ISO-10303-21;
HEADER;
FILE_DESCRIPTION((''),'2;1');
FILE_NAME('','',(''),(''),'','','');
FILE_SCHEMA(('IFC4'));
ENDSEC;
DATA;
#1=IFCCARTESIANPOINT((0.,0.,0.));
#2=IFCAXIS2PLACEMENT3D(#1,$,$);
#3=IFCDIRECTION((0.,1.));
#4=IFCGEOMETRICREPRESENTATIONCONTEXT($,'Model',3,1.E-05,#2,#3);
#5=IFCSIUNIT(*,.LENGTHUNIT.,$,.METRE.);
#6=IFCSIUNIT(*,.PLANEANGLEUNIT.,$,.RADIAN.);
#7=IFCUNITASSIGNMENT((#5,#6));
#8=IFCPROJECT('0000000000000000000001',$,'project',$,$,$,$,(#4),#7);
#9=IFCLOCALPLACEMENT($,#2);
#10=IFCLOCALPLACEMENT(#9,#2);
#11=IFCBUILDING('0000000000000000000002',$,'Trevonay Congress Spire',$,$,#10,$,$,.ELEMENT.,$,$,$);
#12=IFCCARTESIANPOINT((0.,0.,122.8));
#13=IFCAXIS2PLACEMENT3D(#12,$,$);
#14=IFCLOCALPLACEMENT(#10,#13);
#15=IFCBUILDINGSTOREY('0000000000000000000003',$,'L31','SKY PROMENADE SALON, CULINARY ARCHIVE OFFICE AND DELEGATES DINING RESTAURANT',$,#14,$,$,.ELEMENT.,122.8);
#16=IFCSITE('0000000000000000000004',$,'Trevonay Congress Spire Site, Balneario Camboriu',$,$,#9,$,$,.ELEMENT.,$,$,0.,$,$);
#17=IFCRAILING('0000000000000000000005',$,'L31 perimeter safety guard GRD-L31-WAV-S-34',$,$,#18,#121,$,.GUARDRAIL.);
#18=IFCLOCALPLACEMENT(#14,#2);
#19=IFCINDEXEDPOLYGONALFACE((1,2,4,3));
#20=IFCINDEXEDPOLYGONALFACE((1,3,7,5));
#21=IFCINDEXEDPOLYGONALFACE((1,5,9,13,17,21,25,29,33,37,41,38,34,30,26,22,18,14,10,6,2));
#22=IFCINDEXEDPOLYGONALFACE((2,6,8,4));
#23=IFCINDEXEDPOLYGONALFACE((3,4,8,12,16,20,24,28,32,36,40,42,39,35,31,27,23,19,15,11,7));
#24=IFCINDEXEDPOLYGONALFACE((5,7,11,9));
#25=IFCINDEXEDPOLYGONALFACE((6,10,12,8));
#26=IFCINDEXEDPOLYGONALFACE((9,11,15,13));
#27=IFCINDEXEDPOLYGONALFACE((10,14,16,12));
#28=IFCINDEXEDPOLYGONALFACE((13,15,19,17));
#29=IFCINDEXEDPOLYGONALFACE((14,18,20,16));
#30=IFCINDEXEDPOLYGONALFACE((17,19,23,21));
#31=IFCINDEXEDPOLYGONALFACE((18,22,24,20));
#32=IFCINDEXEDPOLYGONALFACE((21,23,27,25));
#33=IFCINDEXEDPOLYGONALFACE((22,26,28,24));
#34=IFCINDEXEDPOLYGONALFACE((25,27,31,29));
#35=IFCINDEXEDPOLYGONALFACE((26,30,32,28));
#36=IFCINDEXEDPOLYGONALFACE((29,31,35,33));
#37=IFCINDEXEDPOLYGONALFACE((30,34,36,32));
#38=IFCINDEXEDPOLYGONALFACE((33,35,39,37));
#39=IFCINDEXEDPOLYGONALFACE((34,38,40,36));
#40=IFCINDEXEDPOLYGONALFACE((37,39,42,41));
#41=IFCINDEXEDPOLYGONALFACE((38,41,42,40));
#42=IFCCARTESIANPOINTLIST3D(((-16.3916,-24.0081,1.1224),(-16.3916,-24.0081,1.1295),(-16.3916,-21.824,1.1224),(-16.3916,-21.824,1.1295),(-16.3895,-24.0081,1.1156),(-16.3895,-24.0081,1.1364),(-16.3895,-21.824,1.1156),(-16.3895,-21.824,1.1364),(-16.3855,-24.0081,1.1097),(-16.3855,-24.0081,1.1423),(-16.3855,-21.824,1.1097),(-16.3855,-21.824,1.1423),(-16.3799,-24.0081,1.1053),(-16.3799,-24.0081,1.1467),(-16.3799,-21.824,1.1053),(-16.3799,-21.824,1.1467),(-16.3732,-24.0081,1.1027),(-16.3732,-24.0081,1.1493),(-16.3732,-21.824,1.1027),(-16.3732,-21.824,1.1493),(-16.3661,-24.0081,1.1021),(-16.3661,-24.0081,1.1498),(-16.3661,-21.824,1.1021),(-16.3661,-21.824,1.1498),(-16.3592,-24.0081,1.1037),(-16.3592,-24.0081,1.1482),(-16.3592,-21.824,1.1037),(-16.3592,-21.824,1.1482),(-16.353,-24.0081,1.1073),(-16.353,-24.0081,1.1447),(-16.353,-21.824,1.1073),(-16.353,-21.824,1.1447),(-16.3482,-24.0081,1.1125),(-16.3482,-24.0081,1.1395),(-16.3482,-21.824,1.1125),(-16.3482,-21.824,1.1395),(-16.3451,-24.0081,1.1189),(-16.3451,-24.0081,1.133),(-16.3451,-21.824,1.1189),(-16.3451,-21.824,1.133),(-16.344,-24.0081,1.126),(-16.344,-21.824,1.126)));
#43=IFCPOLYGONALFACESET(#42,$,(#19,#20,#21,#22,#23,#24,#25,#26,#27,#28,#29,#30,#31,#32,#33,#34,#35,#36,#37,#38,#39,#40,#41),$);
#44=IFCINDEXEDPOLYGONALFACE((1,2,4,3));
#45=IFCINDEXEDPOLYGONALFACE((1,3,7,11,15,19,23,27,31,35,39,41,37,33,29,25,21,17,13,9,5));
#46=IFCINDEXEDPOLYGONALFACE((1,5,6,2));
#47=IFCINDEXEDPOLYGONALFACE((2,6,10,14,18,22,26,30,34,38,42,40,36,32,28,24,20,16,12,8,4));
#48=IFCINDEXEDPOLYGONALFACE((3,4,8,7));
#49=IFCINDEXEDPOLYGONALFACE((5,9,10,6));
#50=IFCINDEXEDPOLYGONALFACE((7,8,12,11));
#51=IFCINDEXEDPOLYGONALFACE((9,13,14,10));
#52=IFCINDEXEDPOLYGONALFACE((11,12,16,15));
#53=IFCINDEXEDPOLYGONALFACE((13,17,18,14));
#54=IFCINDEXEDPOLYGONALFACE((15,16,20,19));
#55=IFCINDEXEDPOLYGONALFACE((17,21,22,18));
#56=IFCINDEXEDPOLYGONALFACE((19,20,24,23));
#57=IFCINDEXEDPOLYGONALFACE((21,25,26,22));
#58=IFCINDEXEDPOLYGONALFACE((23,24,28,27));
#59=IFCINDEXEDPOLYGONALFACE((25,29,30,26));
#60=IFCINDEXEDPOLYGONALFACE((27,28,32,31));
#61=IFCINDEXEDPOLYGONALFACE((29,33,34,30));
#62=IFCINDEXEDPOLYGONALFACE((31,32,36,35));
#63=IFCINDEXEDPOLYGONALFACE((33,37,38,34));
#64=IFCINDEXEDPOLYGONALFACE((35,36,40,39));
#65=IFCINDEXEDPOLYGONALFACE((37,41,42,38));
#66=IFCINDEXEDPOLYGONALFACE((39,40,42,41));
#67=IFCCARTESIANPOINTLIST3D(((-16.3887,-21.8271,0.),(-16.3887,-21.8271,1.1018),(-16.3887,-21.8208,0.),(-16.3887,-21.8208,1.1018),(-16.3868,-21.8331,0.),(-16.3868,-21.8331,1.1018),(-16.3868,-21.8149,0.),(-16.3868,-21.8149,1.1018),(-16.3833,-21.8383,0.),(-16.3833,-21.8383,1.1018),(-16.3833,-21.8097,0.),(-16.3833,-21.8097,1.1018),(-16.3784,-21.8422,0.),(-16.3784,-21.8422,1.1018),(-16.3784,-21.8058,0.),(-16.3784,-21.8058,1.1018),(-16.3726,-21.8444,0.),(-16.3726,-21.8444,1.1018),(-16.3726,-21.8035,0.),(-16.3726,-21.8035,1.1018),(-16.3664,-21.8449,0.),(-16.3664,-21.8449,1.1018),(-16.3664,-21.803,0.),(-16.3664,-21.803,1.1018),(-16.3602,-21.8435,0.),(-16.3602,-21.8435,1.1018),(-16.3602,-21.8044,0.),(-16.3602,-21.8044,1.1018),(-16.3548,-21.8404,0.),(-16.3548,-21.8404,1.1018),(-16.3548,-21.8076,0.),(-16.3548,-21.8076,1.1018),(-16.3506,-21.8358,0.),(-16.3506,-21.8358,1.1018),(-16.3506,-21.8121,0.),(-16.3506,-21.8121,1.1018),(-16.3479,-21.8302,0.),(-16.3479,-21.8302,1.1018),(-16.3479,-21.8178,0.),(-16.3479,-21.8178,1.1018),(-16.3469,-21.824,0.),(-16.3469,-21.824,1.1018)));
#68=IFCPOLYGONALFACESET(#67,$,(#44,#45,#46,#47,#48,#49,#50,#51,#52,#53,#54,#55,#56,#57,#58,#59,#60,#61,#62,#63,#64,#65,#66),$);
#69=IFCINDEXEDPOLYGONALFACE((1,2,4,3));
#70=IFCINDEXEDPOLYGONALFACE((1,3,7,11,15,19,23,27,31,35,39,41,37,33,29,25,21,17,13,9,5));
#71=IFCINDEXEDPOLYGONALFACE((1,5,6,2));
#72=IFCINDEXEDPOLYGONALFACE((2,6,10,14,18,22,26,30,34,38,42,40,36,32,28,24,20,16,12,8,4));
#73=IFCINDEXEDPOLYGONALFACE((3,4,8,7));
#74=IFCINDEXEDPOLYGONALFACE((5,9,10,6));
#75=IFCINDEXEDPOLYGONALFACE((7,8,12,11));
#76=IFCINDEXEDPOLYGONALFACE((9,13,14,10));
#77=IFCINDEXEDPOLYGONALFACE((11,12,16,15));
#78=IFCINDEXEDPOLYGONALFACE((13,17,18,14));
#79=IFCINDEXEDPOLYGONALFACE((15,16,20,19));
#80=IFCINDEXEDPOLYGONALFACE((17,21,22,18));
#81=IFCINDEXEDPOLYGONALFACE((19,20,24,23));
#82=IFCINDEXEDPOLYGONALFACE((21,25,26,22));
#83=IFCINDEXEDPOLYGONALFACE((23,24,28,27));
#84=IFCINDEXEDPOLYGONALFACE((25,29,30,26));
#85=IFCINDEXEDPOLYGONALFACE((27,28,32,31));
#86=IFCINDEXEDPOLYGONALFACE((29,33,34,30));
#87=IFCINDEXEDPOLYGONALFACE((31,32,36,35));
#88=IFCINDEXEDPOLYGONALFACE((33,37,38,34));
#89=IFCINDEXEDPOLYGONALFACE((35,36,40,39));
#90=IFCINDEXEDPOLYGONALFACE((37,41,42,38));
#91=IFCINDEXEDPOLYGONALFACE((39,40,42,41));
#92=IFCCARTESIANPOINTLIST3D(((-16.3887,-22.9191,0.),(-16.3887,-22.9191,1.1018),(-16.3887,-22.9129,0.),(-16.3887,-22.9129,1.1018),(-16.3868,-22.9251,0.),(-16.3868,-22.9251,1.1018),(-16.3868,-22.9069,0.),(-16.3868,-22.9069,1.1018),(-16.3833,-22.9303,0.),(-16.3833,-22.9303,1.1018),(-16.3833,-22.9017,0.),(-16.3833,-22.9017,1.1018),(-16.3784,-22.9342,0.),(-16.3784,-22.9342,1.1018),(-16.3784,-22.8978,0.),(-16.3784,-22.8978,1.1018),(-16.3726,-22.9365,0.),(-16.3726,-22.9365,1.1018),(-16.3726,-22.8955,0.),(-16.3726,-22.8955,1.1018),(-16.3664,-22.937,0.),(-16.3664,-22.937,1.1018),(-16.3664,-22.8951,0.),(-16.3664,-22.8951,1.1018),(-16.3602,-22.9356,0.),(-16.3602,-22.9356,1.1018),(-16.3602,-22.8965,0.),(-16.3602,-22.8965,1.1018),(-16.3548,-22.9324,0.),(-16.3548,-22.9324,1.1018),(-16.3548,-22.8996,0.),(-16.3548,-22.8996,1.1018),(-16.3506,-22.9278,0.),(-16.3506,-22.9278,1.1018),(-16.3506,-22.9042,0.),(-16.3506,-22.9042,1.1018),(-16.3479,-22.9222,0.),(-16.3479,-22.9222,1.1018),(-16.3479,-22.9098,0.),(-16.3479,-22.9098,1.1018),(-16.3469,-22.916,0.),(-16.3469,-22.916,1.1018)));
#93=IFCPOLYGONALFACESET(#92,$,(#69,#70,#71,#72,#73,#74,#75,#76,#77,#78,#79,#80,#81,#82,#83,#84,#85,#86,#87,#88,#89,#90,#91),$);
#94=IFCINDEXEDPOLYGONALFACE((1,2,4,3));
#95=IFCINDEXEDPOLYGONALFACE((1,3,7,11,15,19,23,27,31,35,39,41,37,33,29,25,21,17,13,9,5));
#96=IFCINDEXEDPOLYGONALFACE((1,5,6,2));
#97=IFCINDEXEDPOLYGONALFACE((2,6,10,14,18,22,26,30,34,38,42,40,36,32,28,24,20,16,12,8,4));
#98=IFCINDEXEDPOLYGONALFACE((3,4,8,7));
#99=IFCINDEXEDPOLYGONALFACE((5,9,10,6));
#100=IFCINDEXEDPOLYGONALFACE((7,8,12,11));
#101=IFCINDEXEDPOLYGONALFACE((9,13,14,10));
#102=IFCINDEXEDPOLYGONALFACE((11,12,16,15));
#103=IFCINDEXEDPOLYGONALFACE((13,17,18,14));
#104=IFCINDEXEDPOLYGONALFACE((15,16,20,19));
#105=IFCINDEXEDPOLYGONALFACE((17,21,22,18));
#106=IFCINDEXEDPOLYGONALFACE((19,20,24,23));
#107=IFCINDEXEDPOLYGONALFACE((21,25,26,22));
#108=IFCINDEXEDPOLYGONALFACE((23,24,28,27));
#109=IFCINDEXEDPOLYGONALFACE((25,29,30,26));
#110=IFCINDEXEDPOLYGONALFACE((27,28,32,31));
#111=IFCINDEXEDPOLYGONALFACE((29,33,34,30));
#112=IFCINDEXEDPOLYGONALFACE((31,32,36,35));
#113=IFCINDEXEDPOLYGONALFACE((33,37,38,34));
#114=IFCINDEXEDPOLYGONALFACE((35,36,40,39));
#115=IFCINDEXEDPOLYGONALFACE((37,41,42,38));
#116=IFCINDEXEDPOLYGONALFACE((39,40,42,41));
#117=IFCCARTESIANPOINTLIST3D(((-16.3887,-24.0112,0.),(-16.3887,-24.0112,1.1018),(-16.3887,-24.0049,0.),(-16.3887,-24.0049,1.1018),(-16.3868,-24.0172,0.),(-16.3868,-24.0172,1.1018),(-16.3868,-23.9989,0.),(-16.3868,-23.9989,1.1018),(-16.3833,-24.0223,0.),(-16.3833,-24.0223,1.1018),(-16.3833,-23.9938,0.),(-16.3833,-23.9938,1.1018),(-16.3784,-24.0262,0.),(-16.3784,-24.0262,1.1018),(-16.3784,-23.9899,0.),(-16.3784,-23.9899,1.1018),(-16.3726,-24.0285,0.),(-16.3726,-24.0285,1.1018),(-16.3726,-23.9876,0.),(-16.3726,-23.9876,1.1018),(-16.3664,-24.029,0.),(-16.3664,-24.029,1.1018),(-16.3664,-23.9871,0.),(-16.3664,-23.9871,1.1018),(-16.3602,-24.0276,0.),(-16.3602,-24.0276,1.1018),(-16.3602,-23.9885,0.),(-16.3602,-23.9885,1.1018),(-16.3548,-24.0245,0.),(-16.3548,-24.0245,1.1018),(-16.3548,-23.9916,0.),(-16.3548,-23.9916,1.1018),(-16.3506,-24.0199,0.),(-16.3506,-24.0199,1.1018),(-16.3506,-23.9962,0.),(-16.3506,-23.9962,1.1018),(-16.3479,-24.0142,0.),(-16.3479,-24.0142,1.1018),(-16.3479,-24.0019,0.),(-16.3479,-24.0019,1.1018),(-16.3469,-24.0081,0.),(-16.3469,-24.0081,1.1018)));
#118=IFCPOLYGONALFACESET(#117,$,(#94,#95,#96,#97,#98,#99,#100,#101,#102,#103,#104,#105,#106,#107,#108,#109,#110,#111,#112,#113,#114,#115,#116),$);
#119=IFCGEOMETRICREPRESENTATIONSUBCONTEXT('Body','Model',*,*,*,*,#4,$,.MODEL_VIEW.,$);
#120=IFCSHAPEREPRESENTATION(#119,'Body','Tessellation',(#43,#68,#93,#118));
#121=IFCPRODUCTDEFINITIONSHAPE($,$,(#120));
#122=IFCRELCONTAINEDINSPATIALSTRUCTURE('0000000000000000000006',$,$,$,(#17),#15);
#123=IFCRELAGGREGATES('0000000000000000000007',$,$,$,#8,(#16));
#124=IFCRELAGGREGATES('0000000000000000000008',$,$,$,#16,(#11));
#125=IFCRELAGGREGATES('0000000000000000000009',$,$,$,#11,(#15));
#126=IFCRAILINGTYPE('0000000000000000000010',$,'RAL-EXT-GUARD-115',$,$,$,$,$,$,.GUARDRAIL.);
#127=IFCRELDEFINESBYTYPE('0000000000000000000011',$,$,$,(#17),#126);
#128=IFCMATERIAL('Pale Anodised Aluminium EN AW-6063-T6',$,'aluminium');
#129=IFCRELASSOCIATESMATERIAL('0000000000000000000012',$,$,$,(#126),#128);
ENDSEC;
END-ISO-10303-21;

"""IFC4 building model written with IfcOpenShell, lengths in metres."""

from ifc_helpers import new_model, si_unit, direction, frame, origin, origin_2d, place, context, subcontext, project, spatial, circle, extrude, material, type_object, element, save


model = new_model("IFC4")

# Units and contexts
model_context = context("Model", 3, precision=1e-05, world=origin(), true_north=direction((0.0, 1.0)))
body_context = subcontext(model_context, "Body", "Model", "MODEL_VIEW")
ifc_project = project(units=[si_unit("LENGTHUNIT", "METRE"), si_unit("PLANEANGLEUNIT", "RADIAN")], contexts=[model_context])

# Site, building, storey
site_placement = place(None, origin())
site = spatial("IfcSite", under=ifc_project, at=site_placement, Name="Trevonay Congress Spire Site, Balneario Camboriu", CompositionType="ELEMENT", RefElevation=0.0)
building_placement = place(site_placement, origin())
building = spatial("IfcBuilding", under=site, at=building_placement, Name="Trevonay Congress Spire", CompositionType="ELEMENT")
storey_placement = place(building_placement, frame((0.0, 0.0, 122.8)))
storey = spatial("IfcBuildingStorey", under=building, at=storey_placement, Name="L31", Description="SKY PROMENADE SALON, CULINARY ARCHIVE OFFICE AND DELEGATES DINING RESTAURANT", CompositionType="ELEMENT", Elevation=122.8)

# Shared definitions
ifc_material_1 = material(Name="Pale Anodised Aluminium EN AW-6063-T6", Category="aluminium")

# Railing
railing_type = type_object("IfcRailingType", Name="RAL-EXT-GUARD-115", PredefinedType="GUARDRAIL", material=ifc_material_1)
railing_1_placement = place(storey_placement, frame((-16.3679, -21.824, 0.0)))
element("IfcRailing", 1, at=railing_1_placement, inside=storey, type_object=railing_type, Name="L31 perimeter safety guard GRD-L31-WAV-S-34", PredefinedType="GUARDRAIL", context=body_context, shape_type="SweptSolid", body=[
    extrude(circle(Radius=0.0239, at=origin_2d()), frame((0.0, 0.0, 1.126), z_axis=(0.0, -1.0, 0.0), x_axis=(1.0, 0.0, 0.0)), (0.0, 0.0, 1.0), 2.1841),
    extrude(circle(Radius=0.021, at=origin_2d()), origin(), (0.0, 0.0, 1.0), 1.1018),
    extrude(circle(Radius=0.021, at=origin_2d()), frame((0.0, -1.092, 0.0)), (0.0, 0.0, 1.0), 1.1018),
    extrude(circle(Radius=0.021, at=origin_2d()), frame((0.0, -2.1841, 0.0)), (0.0, 0.0, 1.0), 1.1018),
])

save(model, "model.ifc")
